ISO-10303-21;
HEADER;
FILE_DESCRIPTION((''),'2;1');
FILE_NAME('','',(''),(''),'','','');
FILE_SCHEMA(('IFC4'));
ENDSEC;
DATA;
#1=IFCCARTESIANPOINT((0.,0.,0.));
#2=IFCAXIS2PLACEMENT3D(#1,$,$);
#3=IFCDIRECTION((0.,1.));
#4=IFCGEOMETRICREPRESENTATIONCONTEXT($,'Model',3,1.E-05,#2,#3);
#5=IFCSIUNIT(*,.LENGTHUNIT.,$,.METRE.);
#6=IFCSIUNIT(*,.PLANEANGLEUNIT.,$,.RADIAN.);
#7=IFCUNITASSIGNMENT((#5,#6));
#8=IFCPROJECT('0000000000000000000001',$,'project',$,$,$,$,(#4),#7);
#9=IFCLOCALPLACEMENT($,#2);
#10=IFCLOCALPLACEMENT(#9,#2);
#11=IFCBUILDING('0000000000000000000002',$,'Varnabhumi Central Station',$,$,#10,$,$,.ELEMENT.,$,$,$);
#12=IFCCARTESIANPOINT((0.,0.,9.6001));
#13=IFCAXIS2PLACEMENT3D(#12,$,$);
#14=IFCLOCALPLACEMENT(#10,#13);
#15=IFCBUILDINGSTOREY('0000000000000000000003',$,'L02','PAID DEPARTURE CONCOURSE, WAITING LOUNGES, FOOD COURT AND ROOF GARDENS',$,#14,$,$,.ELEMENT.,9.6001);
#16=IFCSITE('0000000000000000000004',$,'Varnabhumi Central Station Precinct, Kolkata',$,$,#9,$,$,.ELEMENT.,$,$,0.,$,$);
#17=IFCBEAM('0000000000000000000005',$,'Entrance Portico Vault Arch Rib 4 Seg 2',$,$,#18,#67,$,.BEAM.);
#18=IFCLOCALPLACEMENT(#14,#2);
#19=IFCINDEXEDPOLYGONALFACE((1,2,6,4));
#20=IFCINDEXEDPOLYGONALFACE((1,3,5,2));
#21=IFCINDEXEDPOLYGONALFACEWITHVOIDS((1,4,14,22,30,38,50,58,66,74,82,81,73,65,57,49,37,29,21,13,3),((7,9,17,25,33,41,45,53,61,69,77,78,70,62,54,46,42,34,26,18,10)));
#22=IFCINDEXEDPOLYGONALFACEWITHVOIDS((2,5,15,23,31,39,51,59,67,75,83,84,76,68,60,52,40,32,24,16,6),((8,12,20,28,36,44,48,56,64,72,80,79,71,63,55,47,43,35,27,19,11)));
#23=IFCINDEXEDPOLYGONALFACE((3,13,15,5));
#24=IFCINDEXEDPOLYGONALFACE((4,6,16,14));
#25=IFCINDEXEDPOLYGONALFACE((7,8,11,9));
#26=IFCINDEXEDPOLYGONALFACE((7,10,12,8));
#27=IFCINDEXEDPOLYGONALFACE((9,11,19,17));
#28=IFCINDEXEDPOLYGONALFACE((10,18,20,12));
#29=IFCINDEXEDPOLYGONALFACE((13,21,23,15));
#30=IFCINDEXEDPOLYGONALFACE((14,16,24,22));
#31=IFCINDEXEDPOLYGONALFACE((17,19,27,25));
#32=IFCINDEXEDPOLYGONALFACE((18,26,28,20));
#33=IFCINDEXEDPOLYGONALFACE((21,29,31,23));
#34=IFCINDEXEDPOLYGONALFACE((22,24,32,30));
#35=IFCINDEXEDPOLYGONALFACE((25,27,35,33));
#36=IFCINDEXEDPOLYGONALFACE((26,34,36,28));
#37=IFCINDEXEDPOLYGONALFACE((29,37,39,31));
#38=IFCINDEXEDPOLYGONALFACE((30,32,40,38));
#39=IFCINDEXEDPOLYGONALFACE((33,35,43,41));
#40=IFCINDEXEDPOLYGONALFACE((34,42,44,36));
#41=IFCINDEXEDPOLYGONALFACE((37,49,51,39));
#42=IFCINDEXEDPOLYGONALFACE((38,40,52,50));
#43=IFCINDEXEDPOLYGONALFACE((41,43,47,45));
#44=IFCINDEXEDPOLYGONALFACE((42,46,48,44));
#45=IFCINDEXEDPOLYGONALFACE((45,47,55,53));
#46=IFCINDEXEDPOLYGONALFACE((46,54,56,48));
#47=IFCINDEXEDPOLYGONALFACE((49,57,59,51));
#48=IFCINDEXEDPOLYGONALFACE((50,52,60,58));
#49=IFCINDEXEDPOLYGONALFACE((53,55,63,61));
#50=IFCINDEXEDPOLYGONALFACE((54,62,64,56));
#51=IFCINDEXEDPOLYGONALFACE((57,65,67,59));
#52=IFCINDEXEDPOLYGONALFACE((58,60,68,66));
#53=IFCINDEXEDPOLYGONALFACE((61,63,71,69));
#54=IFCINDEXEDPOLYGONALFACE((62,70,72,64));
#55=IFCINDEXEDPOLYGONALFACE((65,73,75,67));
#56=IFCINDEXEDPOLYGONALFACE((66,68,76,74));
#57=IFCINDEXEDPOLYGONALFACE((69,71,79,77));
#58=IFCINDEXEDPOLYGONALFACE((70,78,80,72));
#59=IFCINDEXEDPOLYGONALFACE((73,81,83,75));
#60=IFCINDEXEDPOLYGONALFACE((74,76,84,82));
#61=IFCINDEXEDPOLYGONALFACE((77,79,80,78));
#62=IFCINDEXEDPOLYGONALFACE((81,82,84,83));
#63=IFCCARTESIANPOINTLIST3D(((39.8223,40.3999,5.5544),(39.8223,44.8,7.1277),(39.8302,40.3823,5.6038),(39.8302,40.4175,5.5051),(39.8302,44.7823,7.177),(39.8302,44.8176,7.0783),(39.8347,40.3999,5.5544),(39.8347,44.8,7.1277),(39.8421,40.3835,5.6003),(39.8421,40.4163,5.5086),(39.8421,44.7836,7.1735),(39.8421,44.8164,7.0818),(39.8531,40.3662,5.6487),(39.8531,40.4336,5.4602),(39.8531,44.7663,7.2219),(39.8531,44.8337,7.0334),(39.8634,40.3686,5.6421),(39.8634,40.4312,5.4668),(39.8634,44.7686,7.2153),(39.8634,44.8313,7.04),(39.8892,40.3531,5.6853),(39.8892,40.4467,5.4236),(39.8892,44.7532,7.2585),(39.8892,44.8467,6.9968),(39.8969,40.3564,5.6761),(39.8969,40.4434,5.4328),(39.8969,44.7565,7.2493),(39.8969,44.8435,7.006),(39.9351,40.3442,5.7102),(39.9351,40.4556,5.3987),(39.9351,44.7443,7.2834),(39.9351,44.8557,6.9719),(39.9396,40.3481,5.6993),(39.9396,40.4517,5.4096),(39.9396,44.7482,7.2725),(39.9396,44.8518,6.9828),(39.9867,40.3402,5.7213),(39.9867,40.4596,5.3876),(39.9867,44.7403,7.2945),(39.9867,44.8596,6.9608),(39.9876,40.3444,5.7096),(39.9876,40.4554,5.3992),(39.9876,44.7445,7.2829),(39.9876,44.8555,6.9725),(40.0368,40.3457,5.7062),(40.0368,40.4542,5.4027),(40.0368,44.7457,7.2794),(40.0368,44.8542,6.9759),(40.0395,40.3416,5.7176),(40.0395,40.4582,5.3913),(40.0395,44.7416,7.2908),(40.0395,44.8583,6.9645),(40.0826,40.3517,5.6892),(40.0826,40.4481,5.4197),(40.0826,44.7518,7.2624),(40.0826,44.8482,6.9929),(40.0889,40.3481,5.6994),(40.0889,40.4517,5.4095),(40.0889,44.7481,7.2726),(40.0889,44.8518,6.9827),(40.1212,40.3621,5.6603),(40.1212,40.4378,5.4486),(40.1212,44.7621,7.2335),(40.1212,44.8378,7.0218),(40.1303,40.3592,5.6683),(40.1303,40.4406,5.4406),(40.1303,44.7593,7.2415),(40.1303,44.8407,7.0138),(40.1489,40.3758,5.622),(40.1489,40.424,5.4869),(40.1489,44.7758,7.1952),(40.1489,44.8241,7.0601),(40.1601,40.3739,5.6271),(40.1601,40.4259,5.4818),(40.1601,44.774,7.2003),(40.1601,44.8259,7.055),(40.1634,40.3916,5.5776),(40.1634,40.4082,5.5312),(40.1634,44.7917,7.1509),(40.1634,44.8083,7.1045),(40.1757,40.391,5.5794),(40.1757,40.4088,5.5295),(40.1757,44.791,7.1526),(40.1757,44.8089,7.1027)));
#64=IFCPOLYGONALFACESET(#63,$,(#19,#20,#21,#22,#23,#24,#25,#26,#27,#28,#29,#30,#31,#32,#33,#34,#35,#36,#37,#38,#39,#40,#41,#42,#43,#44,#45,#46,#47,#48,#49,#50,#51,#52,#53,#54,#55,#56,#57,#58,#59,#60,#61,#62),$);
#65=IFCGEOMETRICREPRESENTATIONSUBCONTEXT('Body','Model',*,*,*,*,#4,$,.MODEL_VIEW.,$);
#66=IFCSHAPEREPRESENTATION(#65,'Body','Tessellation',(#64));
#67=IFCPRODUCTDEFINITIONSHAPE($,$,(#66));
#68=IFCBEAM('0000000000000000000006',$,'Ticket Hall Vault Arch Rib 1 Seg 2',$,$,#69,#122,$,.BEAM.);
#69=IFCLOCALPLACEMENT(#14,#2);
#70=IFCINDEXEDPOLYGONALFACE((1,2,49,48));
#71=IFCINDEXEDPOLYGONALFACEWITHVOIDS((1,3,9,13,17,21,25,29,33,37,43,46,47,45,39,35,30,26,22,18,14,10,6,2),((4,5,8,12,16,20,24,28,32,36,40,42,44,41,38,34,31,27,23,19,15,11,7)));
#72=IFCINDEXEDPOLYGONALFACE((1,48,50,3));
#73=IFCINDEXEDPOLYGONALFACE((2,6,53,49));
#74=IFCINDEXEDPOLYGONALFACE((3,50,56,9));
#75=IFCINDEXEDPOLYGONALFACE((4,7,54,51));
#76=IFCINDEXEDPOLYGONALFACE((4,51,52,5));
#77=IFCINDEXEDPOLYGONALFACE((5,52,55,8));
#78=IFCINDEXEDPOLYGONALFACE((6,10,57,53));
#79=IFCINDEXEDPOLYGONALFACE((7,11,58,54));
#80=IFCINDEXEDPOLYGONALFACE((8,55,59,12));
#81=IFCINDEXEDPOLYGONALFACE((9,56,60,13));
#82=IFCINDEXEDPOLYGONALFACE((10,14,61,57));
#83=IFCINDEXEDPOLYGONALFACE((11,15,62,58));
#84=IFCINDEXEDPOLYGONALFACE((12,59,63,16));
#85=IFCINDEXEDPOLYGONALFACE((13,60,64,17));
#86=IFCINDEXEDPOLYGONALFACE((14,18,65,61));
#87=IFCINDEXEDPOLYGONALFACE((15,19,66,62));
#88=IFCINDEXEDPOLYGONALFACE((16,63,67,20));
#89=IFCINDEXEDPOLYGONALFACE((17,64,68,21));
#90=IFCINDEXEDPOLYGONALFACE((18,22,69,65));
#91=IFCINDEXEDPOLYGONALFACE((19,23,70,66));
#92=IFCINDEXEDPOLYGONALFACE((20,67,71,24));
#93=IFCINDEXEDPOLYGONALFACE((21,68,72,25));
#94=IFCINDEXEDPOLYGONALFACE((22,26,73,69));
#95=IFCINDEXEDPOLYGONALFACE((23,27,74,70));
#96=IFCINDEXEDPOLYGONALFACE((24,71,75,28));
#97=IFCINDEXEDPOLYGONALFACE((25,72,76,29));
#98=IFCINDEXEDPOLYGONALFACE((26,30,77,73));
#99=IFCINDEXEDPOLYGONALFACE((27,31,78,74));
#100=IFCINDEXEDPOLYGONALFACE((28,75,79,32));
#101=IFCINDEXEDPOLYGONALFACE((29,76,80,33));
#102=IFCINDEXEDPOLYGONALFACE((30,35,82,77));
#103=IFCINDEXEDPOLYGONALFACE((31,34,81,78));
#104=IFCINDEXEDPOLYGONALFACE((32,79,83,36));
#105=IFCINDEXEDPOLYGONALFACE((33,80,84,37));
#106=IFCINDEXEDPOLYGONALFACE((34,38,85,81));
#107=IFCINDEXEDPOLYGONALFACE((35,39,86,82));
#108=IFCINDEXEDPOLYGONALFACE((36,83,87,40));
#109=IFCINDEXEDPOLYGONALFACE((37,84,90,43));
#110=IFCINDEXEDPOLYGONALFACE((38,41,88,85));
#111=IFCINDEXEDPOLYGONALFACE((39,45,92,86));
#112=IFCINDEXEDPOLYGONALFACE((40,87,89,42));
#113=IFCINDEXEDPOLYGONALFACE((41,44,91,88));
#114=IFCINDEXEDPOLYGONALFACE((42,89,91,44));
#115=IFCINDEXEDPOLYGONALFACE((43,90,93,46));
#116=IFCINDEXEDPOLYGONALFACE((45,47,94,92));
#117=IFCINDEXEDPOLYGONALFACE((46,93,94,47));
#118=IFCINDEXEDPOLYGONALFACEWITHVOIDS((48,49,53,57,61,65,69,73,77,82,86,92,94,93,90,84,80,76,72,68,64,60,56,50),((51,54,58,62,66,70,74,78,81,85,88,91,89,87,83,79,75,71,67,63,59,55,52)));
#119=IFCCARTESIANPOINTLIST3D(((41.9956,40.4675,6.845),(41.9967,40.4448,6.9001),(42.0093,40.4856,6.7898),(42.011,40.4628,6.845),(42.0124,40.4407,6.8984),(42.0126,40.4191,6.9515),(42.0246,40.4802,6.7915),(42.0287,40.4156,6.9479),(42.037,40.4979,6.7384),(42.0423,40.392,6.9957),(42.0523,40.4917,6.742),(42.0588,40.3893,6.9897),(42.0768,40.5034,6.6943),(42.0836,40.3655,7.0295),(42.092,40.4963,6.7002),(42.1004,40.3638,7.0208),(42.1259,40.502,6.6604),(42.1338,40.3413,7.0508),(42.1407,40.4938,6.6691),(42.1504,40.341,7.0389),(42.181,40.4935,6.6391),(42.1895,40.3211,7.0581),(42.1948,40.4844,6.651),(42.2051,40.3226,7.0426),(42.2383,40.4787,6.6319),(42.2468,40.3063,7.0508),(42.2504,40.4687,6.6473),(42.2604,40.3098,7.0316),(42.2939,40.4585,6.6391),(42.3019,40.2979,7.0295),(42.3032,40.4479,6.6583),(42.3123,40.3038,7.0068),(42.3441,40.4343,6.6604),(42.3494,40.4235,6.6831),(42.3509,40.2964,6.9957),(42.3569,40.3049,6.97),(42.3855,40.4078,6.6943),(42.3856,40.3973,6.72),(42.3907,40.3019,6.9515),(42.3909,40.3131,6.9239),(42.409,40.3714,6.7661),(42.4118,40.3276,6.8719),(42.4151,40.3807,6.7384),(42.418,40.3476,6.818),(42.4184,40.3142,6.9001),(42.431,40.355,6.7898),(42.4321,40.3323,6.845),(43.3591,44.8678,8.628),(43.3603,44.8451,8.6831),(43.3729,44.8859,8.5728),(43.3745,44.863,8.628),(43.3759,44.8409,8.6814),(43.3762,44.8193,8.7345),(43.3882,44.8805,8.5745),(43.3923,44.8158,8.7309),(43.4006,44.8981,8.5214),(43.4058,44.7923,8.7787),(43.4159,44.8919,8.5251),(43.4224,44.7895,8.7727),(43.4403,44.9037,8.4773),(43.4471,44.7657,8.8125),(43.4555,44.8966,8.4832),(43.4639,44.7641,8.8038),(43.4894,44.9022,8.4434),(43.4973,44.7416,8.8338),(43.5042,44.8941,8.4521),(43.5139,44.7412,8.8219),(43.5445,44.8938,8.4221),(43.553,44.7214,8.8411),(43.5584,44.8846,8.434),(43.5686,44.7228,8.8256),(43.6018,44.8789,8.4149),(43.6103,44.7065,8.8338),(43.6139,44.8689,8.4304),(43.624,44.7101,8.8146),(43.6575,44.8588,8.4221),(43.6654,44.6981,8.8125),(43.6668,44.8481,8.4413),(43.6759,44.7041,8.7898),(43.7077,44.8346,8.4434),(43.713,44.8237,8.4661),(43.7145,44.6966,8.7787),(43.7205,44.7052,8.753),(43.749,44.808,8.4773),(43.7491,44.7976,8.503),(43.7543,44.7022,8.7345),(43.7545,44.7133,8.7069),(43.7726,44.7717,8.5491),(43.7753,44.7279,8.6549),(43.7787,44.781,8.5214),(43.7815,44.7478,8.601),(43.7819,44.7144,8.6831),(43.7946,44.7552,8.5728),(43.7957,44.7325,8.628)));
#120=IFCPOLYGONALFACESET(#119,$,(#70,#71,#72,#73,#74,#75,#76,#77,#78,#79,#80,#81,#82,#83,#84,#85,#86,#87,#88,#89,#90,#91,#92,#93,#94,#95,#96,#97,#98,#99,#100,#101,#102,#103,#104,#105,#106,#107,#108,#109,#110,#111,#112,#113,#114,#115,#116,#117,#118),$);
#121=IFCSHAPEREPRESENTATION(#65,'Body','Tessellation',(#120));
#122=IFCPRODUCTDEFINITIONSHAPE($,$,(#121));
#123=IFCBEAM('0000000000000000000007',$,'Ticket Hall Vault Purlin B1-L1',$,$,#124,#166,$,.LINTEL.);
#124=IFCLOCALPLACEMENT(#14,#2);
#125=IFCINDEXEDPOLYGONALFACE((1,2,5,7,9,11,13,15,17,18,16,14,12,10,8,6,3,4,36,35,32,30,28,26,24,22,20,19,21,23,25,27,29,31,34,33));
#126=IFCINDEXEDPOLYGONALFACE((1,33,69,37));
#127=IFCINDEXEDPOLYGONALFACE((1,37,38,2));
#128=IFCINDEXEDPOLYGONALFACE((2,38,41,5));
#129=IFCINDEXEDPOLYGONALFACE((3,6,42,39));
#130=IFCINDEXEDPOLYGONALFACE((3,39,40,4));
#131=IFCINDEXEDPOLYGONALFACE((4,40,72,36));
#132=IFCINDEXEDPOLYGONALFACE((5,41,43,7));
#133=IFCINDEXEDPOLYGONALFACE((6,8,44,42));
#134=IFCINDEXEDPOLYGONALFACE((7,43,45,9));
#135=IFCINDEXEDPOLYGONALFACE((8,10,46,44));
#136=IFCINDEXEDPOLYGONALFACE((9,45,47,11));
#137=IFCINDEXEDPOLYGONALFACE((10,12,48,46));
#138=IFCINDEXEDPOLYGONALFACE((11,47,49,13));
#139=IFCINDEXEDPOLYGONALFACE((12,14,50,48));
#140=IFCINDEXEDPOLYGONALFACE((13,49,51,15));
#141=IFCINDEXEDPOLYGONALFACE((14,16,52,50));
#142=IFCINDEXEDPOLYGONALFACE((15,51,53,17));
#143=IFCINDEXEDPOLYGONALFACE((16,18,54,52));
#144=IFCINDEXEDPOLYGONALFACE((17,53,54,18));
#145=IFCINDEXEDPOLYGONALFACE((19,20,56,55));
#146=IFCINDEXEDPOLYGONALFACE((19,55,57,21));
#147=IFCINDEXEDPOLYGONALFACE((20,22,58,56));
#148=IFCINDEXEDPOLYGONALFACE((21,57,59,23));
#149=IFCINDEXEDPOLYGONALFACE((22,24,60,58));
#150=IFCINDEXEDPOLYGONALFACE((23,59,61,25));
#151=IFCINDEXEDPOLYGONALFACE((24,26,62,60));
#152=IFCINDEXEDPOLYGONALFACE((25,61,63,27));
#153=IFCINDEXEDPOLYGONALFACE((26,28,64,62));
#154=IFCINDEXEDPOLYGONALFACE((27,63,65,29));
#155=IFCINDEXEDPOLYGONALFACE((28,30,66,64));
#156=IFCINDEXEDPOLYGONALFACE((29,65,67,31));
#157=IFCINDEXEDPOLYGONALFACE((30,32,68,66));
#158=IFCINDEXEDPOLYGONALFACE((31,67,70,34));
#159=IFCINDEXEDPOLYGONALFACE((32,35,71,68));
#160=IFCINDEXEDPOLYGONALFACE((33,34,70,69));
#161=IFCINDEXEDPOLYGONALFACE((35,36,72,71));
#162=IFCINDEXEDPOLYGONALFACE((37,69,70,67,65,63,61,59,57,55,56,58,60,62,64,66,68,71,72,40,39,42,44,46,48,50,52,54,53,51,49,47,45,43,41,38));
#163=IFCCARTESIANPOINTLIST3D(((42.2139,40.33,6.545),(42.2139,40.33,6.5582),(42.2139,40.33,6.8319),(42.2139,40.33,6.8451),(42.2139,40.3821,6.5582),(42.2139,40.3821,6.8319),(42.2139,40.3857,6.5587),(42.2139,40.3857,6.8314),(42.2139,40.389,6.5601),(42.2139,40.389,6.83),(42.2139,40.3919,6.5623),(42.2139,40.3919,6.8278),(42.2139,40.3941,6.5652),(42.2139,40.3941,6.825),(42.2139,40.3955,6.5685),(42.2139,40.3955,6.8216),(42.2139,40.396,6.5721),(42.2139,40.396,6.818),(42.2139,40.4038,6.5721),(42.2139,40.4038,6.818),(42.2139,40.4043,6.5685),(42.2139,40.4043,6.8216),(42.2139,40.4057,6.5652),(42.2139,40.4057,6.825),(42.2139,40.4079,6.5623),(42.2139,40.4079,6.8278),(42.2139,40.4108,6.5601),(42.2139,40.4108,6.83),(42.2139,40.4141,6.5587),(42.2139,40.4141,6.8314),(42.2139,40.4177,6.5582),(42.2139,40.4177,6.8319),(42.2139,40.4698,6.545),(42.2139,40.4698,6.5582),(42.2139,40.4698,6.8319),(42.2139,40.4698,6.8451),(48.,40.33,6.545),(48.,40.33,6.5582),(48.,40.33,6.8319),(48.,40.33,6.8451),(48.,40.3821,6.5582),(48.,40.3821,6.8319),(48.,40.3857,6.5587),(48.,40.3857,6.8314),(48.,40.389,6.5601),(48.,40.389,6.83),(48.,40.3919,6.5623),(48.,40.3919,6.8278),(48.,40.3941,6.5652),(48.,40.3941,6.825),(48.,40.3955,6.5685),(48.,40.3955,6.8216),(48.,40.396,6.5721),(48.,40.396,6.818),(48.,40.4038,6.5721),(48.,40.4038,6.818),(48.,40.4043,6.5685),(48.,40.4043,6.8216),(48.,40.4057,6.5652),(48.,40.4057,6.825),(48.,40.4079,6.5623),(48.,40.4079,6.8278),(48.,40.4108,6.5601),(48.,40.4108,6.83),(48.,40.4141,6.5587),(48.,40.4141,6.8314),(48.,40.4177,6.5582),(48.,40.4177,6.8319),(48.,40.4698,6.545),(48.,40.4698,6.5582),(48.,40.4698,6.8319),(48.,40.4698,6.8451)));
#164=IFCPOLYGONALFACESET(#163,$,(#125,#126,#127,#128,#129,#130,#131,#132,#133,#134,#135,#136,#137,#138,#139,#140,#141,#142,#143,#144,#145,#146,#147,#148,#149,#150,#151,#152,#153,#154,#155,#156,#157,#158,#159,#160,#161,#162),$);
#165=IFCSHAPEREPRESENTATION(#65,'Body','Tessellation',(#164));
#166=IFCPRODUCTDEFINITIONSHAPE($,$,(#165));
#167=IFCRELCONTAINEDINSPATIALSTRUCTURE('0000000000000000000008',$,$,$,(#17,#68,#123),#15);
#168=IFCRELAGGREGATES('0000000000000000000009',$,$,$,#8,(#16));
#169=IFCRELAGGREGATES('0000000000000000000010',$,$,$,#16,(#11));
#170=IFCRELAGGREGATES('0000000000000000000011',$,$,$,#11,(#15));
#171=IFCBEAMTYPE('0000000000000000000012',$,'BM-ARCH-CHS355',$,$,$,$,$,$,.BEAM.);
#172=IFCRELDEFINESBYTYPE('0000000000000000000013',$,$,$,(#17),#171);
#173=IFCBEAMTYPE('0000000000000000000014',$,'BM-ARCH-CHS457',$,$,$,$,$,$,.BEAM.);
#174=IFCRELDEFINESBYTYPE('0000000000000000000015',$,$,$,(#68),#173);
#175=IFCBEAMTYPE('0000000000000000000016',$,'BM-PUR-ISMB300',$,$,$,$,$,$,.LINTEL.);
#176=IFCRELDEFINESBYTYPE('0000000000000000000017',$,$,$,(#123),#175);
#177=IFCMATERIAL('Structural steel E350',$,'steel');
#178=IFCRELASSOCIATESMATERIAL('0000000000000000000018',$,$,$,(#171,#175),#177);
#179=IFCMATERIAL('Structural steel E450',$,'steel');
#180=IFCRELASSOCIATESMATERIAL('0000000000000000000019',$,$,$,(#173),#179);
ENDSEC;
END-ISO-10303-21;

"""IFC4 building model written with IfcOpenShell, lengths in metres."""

from ifc_helpers import new_model, si_unit, direction, frame, origin, origin_2d, place, context, subcontext, project, spatial, hollow_circle, i_section, extrude, material, material_profile, profile_set, type_object, element, save


model = new_model("IFC4")

# Units and contexts
model_context = context("Model", 3, precision=1e-05, world=origin(), true_north=direction((0.0, 1.0)))
body_context = subcontext(model_context, "Body", "Model", "MODEL_VIEW")
ifc_project = project(units=[si_unit("LENGTHUNIT", "METRE"), si_unit("PLANEANGLEUNIT", "RADIAN")], contexts=[model_context])

# Site, building, storey
site_placement = place(None, origin())
site = spatial("IfcSite", under=ifc_project, at=site_placement, Name="Varnabhumi Central Station Precinct, Kolkata", CompositionType="ELEMENT", RefElevation=0.0)
building_placement = place(site_placement, origin())
building = spatial("IfcBuilding", under=site, at=building_placement, Name="Varnabhumi Central Station", CompositionType="ELEMENT")
storey_placement = place(building_placement, frame((0.0, 0.0, 9.6001)))
storey = spatial("IfcBuildingStorey", under=building, at=storey_placement, Name="L02", Description="PAID DEPARTURE CONCOURSE, WAITING LOUNGES, FOOD COURT AND ROOF GARDENS", CompositionType="ELEMENT", Elevation=9.6001)

# Beams
ifc_material_1 = material(Name="Structural steel E350", Category="steel")
ifc_material_profile_1 = material_profile(ifc_material_1, hollow_circle(Radius=0.1777, WallThickness=0.0125, at=origin_2d()), Name="Structural steel E350", Category="steel")
ifc_profile_set_1 = profile_set([ifc_material_profile_1], Name="Structural steel E350")
beam_type_1 = type_object("IfcBeamType", Name="BM-ARCH-CHS355", PredefinedType="BEAM", material=ifc_profile_set_1)
beam_1_placement = place(storey_placement, frame((40.0, 40.3999, 5.5544), z_axis=(0.0, 0.941622, 0.336671), x_axis=(-1.0, 0.0, 0.0)))
element("IfcBeam", 1, at=beam_1_placement, inside=storey, type_object=beam_type_1, Name="Entrance Portico Vault Arch Rib 4 Seg 2", PredefinedType="BEAM", context=body_context, shape_type="SweptSolid", body=[
    extrude(hollow_circle(Radius=0.1777, WallThickness=0.0125, at=origin_2d()), origin(), (0.0, 0.0, 1.0), 4.6729),
])
ifc_material_2 = material(Name="Structural steel E450", Category="steel")
ifc_material_profile_2 = material_profile(ifc_material_2, hollow_circle(Radius=0.2285, WallThickness=0.0161, at=origin_2d()), Name="Structural steel E450", Category="steel")
ifc_profile_set_2 = profile_set([ifc_material_profile_2], Name="Structural steel E450")
beam_type_2 = type_object("IfcBeamType", Name="BM-ARCH-CHS457", PredefinedType="BEAM", material=ifc_profile_set_2)
beam_2_placement = place(storey_placement, frame((42.2139, 40.3999, 6.845), z_axis=(0.276041, 0.890794, 0.360954), x_axis=(-0.955189, 0.295996, 0.0)))
element("IfcBeam", 2, at=beam_2_placement, inside=storey, type_object=beam_type_2, Name="Ticket Hall Vault Arch Rib 1 Seg 2", PredefinedType="BEAM", context=body_context, shape_type="SweptSolid", body=[
    extrude(hollow_circle(Radius=0.2285, WallThickness=0.0161, at=origin_2d()), origin(), (0.0, 0.0, 1.0), 4.9397),
])
ifc_material_profile_3 = material_profile(ifc_material_1, i_section(OverallWidth=0.1399, OverallDepth=0.3, WebThickness=0.0078, FlangeThickness=0.0132, FilletRadius=0.0139, at=origin_2d()), Name="Structural steel E350", Category="steel")
ifc_profile_set_3 = profile_set([ifc_material_profile_3], Name="Structural steel E350")
beam_type_3 = type_object("IfcBeamType", Name="BM-PUR-ISMB300", PredefinedType="LINTEL", material=ifc_profile_set_3)
beam_3_placement = place(storey_placement, frame((42.2139, 40.3999, 6.6951), z_axis=(1.0, 0.0, 0.0), x_axis=(0.0, 1.0, 0.0)))
element("IfcBeam", 3, at=beam_3_placement, inside=storey, type_object=beam_type_3, Name="Ticket Hall Vault Purlin B1-L1", PredefinedType="LINTEL", context=body_context, shape_type="SweptSolid", body=[
    extrude(i_section(OverallWidth=0.1399, OverallDepth=0.3, WebThickness=0.0078, FlangeThickness=0.0132, FilletRadius=0.0139, at=origin_2d()), origin(), (0.0, 0.0, 1.0), 5.7861),
])

save(model, "model.ifc")
